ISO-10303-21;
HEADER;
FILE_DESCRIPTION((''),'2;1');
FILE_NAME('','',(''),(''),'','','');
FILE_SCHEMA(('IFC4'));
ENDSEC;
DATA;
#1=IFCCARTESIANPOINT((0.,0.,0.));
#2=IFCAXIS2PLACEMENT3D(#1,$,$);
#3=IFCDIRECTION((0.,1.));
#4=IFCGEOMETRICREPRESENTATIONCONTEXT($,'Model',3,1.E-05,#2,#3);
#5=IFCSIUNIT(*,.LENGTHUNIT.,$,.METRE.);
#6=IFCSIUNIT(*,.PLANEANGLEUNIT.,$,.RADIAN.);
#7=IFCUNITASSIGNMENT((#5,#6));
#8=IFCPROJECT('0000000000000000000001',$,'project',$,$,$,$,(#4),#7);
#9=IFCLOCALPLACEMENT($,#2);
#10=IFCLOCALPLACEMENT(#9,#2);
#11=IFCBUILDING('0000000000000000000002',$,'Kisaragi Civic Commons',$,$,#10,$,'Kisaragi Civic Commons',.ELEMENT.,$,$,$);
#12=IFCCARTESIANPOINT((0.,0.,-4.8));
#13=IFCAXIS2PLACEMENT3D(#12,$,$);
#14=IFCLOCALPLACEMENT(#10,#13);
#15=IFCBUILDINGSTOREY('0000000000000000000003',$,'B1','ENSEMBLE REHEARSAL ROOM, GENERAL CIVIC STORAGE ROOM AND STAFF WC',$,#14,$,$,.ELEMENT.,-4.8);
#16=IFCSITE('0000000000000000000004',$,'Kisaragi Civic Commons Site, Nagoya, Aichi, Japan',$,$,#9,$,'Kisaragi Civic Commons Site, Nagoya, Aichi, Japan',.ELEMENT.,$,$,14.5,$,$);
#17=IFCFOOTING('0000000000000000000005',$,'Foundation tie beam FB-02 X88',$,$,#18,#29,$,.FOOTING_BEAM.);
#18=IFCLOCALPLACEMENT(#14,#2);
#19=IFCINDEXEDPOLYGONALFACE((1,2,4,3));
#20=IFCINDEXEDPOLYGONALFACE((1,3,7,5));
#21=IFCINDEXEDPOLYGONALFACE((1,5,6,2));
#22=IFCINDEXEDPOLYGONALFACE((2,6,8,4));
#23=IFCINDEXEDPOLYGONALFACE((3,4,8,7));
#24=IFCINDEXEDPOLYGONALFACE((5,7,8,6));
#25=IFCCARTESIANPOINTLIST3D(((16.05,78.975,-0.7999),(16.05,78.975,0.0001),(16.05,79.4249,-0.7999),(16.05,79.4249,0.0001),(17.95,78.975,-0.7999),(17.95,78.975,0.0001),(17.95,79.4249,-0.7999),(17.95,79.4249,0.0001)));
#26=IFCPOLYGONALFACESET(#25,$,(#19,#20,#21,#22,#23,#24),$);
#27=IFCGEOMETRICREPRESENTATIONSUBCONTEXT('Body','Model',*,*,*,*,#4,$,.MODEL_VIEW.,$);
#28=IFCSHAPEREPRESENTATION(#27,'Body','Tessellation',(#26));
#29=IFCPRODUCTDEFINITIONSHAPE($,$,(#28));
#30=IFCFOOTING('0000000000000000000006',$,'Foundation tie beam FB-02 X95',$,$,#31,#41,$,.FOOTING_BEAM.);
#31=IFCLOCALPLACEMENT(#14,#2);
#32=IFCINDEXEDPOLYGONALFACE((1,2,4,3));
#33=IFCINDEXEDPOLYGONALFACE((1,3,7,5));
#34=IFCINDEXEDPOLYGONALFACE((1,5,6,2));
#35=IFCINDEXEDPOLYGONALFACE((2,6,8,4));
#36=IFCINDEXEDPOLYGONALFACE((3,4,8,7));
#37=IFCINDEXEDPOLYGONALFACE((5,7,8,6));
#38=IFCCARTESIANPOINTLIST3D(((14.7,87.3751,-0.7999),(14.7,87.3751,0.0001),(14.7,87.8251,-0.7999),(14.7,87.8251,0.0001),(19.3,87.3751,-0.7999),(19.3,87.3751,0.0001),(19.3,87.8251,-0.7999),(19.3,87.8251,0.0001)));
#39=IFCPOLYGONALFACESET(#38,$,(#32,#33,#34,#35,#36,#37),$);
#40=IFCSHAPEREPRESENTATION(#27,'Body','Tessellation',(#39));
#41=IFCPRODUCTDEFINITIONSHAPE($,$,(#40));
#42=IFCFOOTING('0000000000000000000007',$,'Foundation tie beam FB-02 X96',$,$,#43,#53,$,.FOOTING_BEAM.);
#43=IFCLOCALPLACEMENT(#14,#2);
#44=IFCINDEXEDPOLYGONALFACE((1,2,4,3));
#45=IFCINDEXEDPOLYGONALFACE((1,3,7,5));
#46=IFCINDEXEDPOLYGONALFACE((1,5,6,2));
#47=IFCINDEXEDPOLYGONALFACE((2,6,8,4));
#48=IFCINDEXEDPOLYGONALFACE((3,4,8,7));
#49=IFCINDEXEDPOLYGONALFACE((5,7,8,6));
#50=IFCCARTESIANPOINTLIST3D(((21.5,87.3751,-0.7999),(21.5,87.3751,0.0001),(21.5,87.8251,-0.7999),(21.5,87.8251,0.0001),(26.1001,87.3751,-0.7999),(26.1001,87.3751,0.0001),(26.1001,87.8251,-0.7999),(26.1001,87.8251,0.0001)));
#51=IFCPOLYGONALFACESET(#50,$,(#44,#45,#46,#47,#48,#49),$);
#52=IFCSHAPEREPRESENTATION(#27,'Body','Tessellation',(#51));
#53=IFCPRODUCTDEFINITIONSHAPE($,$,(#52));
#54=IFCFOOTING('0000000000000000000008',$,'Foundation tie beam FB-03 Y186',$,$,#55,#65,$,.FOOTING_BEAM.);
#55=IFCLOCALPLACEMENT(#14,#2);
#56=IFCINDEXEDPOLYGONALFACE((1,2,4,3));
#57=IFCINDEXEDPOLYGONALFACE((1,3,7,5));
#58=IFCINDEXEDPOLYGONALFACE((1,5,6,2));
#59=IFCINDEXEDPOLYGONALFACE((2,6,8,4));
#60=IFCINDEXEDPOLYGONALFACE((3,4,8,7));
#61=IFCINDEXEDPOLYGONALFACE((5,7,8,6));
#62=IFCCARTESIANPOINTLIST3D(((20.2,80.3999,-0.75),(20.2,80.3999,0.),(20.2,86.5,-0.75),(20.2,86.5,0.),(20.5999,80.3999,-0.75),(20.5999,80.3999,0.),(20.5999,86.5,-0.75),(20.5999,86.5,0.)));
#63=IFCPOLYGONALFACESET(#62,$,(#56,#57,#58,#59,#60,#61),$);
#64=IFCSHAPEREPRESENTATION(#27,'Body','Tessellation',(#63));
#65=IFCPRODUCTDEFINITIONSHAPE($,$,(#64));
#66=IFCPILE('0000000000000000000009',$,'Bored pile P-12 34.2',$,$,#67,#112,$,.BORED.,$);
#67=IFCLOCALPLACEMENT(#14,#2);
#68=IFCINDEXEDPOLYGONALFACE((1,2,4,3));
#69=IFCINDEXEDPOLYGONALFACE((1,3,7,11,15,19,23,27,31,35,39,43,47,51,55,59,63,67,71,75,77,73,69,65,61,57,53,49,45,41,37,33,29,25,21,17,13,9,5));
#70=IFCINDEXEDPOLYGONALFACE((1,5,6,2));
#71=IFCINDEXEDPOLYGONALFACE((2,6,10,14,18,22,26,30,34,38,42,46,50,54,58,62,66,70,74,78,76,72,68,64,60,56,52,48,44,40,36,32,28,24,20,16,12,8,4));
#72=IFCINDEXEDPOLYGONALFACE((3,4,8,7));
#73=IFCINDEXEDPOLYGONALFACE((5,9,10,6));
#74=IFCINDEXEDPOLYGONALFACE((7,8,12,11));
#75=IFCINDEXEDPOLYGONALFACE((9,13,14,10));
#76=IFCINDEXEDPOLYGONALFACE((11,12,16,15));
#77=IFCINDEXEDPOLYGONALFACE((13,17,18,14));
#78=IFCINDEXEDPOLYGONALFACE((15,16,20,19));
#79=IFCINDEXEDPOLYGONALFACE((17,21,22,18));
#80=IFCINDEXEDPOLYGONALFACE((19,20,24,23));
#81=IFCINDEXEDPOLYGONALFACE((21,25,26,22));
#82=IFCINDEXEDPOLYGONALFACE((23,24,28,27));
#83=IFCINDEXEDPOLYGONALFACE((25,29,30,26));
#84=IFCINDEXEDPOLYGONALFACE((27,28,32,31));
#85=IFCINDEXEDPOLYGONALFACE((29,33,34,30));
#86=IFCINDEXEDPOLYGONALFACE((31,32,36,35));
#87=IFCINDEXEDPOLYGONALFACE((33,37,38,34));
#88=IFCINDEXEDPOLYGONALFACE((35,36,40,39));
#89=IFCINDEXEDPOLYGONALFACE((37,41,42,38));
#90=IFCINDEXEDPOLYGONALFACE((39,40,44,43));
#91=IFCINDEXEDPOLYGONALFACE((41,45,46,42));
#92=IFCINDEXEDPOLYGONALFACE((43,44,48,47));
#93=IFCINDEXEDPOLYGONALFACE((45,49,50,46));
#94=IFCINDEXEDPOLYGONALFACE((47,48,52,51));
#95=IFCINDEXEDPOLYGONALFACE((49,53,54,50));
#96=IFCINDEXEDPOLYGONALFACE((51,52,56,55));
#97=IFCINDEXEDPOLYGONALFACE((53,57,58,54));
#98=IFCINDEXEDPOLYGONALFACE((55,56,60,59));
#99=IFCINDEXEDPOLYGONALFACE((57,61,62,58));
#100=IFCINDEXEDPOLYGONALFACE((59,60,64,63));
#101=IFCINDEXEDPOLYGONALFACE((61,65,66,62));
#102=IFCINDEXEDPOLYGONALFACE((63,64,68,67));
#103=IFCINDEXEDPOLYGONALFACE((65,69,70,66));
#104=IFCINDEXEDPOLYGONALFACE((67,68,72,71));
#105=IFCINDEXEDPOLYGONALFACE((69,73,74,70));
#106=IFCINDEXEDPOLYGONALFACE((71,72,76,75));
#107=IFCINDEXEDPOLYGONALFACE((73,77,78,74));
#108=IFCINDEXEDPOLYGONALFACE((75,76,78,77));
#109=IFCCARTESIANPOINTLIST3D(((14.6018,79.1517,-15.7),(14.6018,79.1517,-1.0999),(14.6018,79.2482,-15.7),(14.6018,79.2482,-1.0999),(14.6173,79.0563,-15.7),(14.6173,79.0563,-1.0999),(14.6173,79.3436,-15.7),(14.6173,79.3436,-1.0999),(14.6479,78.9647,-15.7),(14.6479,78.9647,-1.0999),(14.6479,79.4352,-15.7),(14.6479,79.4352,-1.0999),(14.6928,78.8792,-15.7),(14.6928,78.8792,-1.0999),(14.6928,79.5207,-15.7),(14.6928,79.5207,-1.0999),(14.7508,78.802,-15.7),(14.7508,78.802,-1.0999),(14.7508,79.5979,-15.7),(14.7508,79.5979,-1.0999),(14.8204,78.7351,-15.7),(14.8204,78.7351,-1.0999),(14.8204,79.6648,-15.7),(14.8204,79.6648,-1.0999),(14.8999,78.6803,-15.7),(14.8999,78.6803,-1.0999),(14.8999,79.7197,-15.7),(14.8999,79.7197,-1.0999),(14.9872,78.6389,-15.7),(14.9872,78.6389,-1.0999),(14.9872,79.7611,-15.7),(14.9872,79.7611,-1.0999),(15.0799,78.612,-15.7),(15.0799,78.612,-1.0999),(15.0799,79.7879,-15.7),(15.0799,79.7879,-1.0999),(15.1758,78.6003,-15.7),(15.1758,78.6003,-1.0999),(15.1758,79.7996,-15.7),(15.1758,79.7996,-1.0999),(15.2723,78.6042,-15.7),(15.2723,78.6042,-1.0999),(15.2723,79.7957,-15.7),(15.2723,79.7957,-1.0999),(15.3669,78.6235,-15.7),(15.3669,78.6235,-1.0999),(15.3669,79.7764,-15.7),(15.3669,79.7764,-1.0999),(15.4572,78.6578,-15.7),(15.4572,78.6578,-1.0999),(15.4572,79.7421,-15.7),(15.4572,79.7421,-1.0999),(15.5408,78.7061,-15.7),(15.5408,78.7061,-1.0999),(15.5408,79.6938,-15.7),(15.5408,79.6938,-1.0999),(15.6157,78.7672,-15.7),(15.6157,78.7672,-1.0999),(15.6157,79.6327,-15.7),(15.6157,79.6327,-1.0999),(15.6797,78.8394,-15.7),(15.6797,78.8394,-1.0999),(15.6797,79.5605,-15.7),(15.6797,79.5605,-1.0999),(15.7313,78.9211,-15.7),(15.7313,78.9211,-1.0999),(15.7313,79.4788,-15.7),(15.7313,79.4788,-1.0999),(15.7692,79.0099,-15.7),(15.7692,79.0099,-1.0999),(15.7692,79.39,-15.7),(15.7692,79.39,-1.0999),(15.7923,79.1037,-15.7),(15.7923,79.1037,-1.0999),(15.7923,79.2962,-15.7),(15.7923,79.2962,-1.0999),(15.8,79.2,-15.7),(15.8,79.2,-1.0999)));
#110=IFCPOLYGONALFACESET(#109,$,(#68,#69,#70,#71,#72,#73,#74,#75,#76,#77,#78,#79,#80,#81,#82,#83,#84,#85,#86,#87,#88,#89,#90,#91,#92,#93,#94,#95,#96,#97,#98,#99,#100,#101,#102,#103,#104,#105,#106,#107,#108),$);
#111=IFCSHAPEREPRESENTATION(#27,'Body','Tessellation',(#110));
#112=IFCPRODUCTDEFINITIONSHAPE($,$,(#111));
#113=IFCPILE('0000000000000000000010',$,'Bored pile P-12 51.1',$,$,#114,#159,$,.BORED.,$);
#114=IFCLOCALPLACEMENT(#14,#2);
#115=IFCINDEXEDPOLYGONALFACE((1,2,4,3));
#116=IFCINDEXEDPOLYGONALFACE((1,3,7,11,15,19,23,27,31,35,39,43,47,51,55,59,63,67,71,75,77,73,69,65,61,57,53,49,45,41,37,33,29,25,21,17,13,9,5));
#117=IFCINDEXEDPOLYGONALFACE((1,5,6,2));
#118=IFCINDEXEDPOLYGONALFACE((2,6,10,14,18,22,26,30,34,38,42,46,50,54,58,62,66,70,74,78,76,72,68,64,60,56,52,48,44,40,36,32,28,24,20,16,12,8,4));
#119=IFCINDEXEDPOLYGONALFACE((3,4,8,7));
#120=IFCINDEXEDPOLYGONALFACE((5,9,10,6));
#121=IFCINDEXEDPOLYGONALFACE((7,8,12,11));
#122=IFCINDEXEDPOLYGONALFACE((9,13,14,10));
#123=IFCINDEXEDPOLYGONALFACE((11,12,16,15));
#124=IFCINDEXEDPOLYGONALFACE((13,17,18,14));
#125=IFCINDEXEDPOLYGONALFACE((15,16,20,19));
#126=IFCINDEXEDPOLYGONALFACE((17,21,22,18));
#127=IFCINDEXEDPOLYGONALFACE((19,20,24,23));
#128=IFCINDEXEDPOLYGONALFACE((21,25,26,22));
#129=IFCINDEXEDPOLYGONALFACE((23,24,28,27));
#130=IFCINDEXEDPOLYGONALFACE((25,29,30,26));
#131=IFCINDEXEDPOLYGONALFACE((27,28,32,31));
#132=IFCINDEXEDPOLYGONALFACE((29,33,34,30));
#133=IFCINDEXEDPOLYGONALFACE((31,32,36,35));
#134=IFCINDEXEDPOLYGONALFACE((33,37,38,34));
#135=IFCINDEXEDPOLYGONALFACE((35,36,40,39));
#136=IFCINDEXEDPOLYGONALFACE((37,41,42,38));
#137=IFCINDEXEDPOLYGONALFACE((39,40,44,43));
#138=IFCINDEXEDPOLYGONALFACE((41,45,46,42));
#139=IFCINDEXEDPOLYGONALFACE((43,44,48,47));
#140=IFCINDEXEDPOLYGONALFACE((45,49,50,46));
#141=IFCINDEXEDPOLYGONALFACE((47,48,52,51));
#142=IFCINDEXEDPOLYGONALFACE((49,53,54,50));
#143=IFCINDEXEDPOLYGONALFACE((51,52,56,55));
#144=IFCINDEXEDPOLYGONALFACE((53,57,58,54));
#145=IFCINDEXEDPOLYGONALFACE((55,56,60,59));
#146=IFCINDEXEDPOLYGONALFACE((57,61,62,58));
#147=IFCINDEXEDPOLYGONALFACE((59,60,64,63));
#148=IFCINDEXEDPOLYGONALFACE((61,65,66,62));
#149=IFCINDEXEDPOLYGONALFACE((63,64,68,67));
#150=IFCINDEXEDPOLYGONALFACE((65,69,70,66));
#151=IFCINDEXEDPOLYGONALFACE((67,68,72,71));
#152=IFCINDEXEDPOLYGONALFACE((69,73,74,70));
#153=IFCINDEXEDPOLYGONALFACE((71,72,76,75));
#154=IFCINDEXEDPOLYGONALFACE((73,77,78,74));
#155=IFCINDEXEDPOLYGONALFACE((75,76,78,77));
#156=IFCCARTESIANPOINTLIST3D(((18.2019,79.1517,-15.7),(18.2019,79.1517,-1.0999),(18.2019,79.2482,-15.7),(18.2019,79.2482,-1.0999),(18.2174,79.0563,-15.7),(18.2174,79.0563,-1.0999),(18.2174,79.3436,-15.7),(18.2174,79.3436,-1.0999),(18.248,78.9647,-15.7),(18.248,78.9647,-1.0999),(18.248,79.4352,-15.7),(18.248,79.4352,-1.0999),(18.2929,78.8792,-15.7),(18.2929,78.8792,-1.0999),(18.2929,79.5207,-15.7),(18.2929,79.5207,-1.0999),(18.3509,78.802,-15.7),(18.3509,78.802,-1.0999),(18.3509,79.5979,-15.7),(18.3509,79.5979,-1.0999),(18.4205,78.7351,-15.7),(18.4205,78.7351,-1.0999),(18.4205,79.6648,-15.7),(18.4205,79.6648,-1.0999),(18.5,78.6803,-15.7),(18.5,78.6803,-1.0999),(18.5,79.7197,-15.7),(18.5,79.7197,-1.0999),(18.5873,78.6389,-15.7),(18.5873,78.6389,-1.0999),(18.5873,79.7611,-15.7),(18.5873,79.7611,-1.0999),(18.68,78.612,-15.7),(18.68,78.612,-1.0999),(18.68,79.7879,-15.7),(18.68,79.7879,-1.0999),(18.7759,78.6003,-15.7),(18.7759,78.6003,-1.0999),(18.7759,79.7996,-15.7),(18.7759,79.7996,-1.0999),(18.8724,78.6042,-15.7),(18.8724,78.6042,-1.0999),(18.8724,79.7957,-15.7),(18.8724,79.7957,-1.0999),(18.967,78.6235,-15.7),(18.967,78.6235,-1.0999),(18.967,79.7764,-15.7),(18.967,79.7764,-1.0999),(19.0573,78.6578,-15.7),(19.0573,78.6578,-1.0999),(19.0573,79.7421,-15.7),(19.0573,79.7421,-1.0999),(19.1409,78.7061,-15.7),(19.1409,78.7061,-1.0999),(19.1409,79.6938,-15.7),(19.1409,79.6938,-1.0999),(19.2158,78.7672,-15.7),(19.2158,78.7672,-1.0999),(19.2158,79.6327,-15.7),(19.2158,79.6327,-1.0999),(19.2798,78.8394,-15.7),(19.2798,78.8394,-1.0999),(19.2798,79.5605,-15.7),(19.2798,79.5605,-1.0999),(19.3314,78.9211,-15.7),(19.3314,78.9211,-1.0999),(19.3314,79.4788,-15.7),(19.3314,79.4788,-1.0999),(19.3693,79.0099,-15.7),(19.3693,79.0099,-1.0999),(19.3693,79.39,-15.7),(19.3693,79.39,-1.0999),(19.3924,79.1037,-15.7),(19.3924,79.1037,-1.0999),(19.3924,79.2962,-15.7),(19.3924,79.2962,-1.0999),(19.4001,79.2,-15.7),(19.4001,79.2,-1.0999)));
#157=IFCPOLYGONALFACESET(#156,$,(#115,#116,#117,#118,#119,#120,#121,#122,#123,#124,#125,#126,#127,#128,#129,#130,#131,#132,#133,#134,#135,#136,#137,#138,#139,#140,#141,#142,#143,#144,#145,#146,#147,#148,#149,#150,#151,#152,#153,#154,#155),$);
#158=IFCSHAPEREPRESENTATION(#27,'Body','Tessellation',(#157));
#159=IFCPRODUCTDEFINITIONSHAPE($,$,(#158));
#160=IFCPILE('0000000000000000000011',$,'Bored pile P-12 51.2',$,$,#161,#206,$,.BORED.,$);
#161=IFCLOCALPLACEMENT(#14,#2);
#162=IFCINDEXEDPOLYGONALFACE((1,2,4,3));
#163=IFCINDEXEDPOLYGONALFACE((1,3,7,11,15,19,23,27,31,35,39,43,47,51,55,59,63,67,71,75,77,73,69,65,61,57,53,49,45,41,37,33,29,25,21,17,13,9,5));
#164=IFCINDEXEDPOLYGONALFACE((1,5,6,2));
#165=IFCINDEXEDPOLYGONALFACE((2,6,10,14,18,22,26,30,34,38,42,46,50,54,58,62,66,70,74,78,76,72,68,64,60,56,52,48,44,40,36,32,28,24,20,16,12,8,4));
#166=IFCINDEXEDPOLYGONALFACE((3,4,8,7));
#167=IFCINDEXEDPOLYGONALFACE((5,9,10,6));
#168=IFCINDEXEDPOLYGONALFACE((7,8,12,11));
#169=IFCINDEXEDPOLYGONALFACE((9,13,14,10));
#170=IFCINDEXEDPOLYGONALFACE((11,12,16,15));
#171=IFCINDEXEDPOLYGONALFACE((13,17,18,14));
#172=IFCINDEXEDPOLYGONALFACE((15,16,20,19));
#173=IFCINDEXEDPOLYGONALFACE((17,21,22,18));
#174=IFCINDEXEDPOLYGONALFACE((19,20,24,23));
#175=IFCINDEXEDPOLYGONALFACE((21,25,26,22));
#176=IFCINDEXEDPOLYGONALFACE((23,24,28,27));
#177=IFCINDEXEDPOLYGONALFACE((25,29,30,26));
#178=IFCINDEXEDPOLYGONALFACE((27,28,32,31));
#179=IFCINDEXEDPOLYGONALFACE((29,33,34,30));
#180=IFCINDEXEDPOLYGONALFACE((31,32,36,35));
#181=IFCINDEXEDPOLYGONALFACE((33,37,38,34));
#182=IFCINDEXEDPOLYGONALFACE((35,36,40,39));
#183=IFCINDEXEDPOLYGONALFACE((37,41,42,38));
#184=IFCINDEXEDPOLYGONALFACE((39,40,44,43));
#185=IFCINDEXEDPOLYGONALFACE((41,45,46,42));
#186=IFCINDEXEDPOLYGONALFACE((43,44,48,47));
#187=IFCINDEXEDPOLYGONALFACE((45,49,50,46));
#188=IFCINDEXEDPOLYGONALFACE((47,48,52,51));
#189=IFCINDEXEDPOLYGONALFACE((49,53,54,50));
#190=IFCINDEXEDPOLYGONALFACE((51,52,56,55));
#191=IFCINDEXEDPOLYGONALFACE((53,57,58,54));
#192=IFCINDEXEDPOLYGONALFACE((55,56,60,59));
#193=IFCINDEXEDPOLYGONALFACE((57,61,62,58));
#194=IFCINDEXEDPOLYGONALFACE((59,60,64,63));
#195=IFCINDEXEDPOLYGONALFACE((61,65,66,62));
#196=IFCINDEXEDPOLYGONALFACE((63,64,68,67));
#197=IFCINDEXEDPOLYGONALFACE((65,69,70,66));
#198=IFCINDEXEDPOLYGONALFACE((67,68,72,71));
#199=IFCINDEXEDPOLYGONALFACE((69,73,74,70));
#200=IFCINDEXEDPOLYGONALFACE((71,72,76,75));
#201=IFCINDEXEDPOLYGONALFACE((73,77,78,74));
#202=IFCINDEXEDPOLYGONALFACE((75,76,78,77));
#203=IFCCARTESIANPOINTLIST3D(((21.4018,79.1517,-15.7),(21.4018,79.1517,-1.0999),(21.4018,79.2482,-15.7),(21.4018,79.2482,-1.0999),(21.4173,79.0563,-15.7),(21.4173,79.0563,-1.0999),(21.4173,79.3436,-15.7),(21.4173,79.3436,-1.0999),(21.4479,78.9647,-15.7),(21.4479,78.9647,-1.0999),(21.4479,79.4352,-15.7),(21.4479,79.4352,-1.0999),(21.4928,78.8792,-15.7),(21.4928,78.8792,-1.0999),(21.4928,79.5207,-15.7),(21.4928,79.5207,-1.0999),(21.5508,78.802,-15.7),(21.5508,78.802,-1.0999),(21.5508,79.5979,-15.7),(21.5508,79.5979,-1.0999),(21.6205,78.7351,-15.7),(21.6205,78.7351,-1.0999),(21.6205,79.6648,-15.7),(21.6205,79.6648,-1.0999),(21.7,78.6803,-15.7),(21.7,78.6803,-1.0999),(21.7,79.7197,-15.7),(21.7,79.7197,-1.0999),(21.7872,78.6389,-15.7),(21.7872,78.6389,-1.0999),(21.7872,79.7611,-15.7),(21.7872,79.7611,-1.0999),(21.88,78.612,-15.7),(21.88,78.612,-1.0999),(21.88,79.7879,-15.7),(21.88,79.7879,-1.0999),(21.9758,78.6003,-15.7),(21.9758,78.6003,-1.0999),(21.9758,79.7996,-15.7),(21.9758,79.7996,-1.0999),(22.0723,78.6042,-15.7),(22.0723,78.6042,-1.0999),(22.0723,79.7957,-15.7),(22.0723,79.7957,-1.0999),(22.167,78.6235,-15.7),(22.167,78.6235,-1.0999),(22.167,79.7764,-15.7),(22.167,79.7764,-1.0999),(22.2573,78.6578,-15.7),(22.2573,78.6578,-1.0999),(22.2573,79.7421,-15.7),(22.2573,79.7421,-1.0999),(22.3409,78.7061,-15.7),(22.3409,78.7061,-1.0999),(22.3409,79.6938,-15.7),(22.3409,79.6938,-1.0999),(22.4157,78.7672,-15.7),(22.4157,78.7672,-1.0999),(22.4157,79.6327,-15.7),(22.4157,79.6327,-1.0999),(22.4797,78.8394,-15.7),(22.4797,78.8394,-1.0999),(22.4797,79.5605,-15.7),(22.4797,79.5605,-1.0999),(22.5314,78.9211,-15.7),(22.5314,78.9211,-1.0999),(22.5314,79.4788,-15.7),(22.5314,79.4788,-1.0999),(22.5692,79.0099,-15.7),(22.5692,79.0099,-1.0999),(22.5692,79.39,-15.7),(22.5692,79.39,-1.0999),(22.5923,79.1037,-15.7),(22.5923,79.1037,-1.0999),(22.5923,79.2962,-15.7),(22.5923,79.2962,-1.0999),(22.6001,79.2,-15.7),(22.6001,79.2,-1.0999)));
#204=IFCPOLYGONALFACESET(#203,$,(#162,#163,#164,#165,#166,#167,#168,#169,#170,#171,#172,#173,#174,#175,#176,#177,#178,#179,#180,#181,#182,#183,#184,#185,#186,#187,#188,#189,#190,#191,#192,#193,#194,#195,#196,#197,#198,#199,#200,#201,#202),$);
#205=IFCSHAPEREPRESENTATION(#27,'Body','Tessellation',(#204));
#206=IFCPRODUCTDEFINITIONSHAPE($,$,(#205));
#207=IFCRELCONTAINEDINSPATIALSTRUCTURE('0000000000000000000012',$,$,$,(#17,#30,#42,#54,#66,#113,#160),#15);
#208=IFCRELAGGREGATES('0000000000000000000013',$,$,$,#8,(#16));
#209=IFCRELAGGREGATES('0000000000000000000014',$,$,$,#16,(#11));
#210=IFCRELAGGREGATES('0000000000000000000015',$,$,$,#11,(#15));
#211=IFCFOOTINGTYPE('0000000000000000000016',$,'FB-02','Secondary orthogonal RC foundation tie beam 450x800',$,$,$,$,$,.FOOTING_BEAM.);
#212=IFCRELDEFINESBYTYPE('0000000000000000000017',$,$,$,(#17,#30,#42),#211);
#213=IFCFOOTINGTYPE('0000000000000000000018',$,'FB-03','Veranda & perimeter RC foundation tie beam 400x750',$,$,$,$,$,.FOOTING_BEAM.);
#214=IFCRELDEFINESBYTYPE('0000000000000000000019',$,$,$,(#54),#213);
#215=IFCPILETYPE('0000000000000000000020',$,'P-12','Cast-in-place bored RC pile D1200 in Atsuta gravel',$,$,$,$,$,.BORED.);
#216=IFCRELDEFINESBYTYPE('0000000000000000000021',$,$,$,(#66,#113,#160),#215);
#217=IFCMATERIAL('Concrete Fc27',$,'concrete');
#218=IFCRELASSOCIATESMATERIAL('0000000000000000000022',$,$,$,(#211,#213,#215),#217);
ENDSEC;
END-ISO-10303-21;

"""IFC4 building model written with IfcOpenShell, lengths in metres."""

from ifc_helpers import new_model, si_unit, direction, frame, origin, origin_2d, place, context, subcontext, project, spatial, rectangle, circle, extrude, material, material_profile, profile_set, type_object, element, save


model = new_model("IFC4")

# Units and contexts
model_context = context("Model", 3, precision=1e-05, world=origin(), true_north=direction((0.0, 1.0)))
body_context = subcontext(model_context, "Body", "Model", "MODEL_VIEW")
ifc_project = project(units=[si_unit("LENGTHUNIT", "METRE"), si_unit("PLANEANGLEUNIT", "RADIAN")], contexts=[model_context])

# Site, building, storey
site_placement = place(None, origin())
site = spatial("IfcSite", under=ifc_project, at=site_placement, Name="Kisaragi Civic Commons Site, Nagoya, Aichi, Japan", LongName="Kisaragi Civic Commons Site, Nagoya, Aichi, Japan", CompositionType="ELEMENT", RefElevation=14.5)
building_placement = place(site_placement, origin())
building = spatial("IfcBuilding", under=site, at=building_placement, Name="Kisaragi Civic Commons", LongName="Kisaragi Civic Commons", CompositionType="ELEMENT")
storey_placement = place(building_placement, frame((0.0, 0.0, -4.8)))
storey = spatial("IfcBuildingStorey", under=building, at=storey_placement, Name="B1", Description="ENSEMBLE REHEARSAL ROOM, GENERAL CIVIC STORAGE ROOM AND STAFF WC", CompositionType="ELEMENT", Elevation=-4.8)

# Footings
ifc_material_1 = material(Name="Concrete Fc27", Category="concrete")
ifc_material_profile_1 = material_profile(ifc_material_1, rectangle(XDim=0.45, YDim=0.8, at=origin_2d()), Name="RC-450x800", Category="concrete")
ifc_profile_set_1 = profile_set([ifc_material_profile_1], Name="Concrete Fc27")
footing_type_1 = type_object("IfcFootingType", Name="FB-02", Description="Secondary orthogonal RC foundation tie beam 450x800", PredefinedType="FOOTING_BEAM", material=ifc_profile_set_1)
footing_1_placement = place(storey_placement, frame((16.05, 79.2, -0.3999), z_axis=(1.0, 0.0, 0.0), x_axis=(0.0, 1.0, 0.0)))
element("IfcFooting", 1, at=footing_1_placement, inside=storey, type_object=footing_type_1, Name="Foundation tie beam FB-02 X88", PredefinedType="FOOTING_BEAM", context=body_context, shape_type="SweptSolid", body=[
    extrude(rectangle(XDim=0.45, YDim=0.8, at=origin_2d()), origin(), (0.0, 0.0, 1.0), 1.8999),
])
for number, where, z_axis, x_axis, name in (
    (2, (14.7, 87.6001, -0.3999), (1.0, 0.0, 0.0), (0.0, 1.0, 0.0), "Foundation tie beam FB-02 X95"),
    (3, (21.5, 87.6001, -0.3999), (1.0, 0.0, 0.0), (0.0, 1.0, 0.0), "Foundation tie beam FB-02 X96"),
):
    element("IfcFooting", number, at=place(storey_placement, frame(where, z_axis=z_axis, x_axis=x_axis)), inside=storey, type_object=footing_type_1, Name=name, PredefinedType="FOOTING_BEAM", context=body_context, shape_type="SweptSolid", body=[
        extrude(rectangle(XDim=0.45, YDim=0.8, at=origin_2d()), origin(), (0.0, 0.0, 1.0), 4.6001),
    ])
ifc_material_profile_2 = material_profile(ifc_material_1, rectangle(XDim=0.3999, YDim=0.75, at=origin_2d()), Name="RC-400x750", Category="concrete")
ifc_profile_set_2 = profile_set([ifc_material_profile_2], Name="Concrete Fc27")
footing_type_2 = type_object("IfcFootingType", Name="FB-03", Description="Veranda & perimeter RC foundation tie beam 400x750", PredefinedType="FOOTING_BEAM", material=ifc_profile_set_2)
footing_2_placement = place(storey_placement, frame((20.3999, 80.3999, -0.375), z_axis=(0.0, 1.0, 0.0), x_axis=(-1.0, 0.0, 0.0)))
element("IfcFooting", 4, at=footing_2_placement, inside=storey, type_object=footing_type_2, Name="Foundation tie beam FB-03 Y186", PredefinedType="FOOTING_BEAM", context=body_context, shape_type="SweptSolid", body=[
    extrude(rectangle(XDim=0.3999, YDim=0.75, at=origin_2d()), origin(), (0.0, 0.0, 1.0), 6.1001),
])

# Piles
ifc_material_profile_3 = material_profile(ifc_material_1, circle(Radius=0.6001, at=origin_2d()), Name="PILE-D1200", Category="concrete")
ifc_profile_set_3 = profile_set([ifc_material_profile_3], Name="Concrete Fc27")
pile_type = type_object("IfcPileType", Name="P-12", Description="Cast-in-place bored RC pile D1200 in Atsuta gravel", PredefinedType="BORED", material=ifc_profile_set_3)
for number, where, z_axis, x_axis, name in (
    (5, (15.2, 79.2, -1.0999), (0.0, 0.0, -1.0), (1.0, 0.0, 0.0), "Bored pile P-12 34.2"),
    (6, (18.8, 79.2, -1.0999), (0.0, 0.0, -1.0), (1.0, 0.0, 0.0), "Bored pile P-12 51.1"),
    (7, (22.0, 79.2, -1.0999), (0.0, 0.0, -1.0), (1.0, 0.0, 0.0), "Bored pile P-12 51.2"),
):
    element("IfcPile", number, at=place(storey_placement, frame(where, z_axis=z_axis, x_axis=x_axis)), inside=storey, type_object=pile_type, Name=name, PredefinedType="BORED", context=body_context, shape_type="SweptSolid", body=[
        extrude(circle(Radius=0.6001, at=origin_2d()), origin(), (0.0, 0.0, 1.0), 14.6001),
    ])

save(model, "model.ifc")
